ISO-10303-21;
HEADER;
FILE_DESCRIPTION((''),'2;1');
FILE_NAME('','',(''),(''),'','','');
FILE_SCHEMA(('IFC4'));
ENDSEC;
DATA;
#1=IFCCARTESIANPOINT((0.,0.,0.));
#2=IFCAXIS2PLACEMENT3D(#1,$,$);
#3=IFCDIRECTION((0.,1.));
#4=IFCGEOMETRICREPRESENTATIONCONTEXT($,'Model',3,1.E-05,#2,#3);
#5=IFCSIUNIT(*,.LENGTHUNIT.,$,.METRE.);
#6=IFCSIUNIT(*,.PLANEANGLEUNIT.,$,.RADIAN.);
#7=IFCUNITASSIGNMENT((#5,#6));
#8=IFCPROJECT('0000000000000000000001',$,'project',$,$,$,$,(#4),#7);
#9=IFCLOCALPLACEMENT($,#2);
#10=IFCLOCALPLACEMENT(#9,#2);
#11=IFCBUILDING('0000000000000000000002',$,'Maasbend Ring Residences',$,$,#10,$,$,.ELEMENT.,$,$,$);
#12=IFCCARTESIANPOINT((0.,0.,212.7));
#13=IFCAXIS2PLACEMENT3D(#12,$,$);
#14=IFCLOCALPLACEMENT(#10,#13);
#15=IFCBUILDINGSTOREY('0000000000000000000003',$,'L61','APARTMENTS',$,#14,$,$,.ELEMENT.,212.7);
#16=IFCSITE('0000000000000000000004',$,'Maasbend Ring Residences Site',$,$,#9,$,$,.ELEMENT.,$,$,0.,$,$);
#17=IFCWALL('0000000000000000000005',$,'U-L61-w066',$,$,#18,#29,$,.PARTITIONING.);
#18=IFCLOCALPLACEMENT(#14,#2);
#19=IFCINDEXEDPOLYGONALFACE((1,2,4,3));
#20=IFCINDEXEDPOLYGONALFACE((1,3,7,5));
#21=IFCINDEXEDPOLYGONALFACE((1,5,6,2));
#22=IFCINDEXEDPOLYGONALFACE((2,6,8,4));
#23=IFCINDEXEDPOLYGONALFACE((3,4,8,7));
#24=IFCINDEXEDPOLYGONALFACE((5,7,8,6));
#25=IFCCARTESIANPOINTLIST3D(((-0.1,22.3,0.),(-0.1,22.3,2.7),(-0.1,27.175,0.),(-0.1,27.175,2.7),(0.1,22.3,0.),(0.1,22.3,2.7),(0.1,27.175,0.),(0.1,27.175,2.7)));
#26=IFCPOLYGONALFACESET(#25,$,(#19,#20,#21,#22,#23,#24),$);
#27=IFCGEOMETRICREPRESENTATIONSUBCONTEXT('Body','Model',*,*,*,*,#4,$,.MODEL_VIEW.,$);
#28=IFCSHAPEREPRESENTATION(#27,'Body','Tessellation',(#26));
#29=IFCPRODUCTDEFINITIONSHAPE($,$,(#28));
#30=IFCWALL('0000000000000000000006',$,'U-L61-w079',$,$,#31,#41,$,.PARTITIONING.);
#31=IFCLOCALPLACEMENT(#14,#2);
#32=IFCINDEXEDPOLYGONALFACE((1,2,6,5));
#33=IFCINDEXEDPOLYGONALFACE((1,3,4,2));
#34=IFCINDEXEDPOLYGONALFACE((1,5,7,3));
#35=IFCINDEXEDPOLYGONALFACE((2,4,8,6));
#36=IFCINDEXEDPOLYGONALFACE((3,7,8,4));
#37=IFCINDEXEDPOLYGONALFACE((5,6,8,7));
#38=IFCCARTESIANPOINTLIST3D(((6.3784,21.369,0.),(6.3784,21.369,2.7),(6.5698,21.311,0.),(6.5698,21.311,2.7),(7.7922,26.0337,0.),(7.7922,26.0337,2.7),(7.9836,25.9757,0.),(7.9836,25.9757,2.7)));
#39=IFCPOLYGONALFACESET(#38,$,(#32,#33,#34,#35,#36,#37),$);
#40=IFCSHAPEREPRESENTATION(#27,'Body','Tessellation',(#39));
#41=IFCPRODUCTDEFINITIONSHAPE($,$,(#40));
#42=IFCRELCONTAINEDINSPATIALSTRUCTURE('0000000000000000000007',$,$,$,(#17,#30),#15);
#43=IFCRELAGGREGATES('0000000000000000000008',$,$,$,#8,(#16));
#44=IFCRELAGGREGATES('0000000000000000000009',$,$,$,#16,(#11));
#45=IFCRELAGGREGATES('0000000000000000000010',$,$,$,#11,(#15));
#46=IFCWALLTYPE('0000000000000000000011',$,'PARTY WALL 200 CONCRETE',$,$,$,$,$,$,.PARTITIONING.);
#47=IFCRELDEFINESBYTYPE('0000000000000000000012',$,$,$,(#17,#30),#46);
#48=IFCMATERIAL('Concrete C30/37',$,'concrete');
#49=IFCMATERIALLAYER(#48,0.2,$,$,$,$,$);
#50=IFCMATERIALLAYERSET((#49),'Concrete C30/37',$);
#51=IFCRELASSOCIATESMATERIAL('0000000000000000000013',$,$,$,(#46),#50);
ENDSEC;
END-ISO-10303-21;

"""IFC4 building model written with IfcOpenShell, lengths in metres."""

from ifc_helpers import new_model, si_unit, direction, frame, frame_2d, origin, place, context, subcontext, project, spatial, rectangle, extrude, material, layer, layer_set, type_object, element, save


model = new_model("IFC4")

# Units and contexts
model_context = context("Model", 3, precision=1e-05, world=origin(), true_north=direction((0.0, 1.0)))
body_context = subcontext(model_context, "Body", "Model", "MODEL_VIEW")
ifc_project = project(units=[si_unit("LENGTHUNIT", "METRE"), si_unit("PLANEANGLEUNIT", "RADIAN")], contexts=[model_context])

# Site, building, storey
site_placement = place(None, origin())
site = spatial("IfcSite", under=ifc_project, at=site_placement, Name="Maasbend Ring Residences Site", CompositionType="ELEMENT", RefElevation=0.0)
building_placement = place(site_placement, origin())
building = spatial("IfcBuilding", under=site, at=building_placement, Name="Maasbend Ring Residences", CompositionType="ELEMENT")
storey_placement = place(building_placement, frame((0.0, 0.0, 212.7)))
storey = spatial("IfcBuildingStorey", under=building, at=storey_placement, Name="L61", Description="APARTMENTS", CompositionType="ELEMENT", Elevation=212.7)

# Walls
ifc_material_1 = material(Name="Concrete C30/37", Category="concrete")
ifc_layer_1 = layer(ifc_material_1, 0.2)
ifc_layer_set_1 = layer_set([ifc_layer_1], Name="Concrete C30/37")
wall_type_1 = type_object("IfcWallType", Name="PARTY WALL 200 CONCRETE", PredefinedType="PARTITIONING", material=ifc_layer_set_1)
wall_1_placement = place(storey_placement, frame((0.0, 22.3, 0.0), z_axis=(0.0, 0.0, 1.0), x_axis=(0.0, 1.0, 0.0)))
element("IfcWall", 1, at=wall_1_placement, inside=storey, type_object=wall_type_1, Name="U-L61-w066", PredefinedType="PARTITIONING", context=body_context, shape_type="SweptSolid", body=[
    extrude(rectangle(XDim=4.875, YDim=0.2, at=frame_2d((2.4375, 0.0))), origin(), (0.0, 0.0, 1.0), 2.7),
])
wall_2_placement = place(storey_placement, frame((6.4741, 21.3401, 0.0), z_axis=(0.0, 0.0, 1.0), x_axis=(0.290053, 0.957011, 0.0)))
element("IfcWall", 2, at=wall_2_placement, inside=storey, type_object=wall_type_1, Name="U-L61-w079", PredefinedType="PARTITIONING", context=body_context, shape_type="SweptSolid", body=[
    extrude(rectangle(XDim=4.8743, YDim=0.2, at=frame_2d((2.437, 0.0))), origin(), (0.0, 0.0, 1.0), 2.7),
])

save(model, "model.ifc")
